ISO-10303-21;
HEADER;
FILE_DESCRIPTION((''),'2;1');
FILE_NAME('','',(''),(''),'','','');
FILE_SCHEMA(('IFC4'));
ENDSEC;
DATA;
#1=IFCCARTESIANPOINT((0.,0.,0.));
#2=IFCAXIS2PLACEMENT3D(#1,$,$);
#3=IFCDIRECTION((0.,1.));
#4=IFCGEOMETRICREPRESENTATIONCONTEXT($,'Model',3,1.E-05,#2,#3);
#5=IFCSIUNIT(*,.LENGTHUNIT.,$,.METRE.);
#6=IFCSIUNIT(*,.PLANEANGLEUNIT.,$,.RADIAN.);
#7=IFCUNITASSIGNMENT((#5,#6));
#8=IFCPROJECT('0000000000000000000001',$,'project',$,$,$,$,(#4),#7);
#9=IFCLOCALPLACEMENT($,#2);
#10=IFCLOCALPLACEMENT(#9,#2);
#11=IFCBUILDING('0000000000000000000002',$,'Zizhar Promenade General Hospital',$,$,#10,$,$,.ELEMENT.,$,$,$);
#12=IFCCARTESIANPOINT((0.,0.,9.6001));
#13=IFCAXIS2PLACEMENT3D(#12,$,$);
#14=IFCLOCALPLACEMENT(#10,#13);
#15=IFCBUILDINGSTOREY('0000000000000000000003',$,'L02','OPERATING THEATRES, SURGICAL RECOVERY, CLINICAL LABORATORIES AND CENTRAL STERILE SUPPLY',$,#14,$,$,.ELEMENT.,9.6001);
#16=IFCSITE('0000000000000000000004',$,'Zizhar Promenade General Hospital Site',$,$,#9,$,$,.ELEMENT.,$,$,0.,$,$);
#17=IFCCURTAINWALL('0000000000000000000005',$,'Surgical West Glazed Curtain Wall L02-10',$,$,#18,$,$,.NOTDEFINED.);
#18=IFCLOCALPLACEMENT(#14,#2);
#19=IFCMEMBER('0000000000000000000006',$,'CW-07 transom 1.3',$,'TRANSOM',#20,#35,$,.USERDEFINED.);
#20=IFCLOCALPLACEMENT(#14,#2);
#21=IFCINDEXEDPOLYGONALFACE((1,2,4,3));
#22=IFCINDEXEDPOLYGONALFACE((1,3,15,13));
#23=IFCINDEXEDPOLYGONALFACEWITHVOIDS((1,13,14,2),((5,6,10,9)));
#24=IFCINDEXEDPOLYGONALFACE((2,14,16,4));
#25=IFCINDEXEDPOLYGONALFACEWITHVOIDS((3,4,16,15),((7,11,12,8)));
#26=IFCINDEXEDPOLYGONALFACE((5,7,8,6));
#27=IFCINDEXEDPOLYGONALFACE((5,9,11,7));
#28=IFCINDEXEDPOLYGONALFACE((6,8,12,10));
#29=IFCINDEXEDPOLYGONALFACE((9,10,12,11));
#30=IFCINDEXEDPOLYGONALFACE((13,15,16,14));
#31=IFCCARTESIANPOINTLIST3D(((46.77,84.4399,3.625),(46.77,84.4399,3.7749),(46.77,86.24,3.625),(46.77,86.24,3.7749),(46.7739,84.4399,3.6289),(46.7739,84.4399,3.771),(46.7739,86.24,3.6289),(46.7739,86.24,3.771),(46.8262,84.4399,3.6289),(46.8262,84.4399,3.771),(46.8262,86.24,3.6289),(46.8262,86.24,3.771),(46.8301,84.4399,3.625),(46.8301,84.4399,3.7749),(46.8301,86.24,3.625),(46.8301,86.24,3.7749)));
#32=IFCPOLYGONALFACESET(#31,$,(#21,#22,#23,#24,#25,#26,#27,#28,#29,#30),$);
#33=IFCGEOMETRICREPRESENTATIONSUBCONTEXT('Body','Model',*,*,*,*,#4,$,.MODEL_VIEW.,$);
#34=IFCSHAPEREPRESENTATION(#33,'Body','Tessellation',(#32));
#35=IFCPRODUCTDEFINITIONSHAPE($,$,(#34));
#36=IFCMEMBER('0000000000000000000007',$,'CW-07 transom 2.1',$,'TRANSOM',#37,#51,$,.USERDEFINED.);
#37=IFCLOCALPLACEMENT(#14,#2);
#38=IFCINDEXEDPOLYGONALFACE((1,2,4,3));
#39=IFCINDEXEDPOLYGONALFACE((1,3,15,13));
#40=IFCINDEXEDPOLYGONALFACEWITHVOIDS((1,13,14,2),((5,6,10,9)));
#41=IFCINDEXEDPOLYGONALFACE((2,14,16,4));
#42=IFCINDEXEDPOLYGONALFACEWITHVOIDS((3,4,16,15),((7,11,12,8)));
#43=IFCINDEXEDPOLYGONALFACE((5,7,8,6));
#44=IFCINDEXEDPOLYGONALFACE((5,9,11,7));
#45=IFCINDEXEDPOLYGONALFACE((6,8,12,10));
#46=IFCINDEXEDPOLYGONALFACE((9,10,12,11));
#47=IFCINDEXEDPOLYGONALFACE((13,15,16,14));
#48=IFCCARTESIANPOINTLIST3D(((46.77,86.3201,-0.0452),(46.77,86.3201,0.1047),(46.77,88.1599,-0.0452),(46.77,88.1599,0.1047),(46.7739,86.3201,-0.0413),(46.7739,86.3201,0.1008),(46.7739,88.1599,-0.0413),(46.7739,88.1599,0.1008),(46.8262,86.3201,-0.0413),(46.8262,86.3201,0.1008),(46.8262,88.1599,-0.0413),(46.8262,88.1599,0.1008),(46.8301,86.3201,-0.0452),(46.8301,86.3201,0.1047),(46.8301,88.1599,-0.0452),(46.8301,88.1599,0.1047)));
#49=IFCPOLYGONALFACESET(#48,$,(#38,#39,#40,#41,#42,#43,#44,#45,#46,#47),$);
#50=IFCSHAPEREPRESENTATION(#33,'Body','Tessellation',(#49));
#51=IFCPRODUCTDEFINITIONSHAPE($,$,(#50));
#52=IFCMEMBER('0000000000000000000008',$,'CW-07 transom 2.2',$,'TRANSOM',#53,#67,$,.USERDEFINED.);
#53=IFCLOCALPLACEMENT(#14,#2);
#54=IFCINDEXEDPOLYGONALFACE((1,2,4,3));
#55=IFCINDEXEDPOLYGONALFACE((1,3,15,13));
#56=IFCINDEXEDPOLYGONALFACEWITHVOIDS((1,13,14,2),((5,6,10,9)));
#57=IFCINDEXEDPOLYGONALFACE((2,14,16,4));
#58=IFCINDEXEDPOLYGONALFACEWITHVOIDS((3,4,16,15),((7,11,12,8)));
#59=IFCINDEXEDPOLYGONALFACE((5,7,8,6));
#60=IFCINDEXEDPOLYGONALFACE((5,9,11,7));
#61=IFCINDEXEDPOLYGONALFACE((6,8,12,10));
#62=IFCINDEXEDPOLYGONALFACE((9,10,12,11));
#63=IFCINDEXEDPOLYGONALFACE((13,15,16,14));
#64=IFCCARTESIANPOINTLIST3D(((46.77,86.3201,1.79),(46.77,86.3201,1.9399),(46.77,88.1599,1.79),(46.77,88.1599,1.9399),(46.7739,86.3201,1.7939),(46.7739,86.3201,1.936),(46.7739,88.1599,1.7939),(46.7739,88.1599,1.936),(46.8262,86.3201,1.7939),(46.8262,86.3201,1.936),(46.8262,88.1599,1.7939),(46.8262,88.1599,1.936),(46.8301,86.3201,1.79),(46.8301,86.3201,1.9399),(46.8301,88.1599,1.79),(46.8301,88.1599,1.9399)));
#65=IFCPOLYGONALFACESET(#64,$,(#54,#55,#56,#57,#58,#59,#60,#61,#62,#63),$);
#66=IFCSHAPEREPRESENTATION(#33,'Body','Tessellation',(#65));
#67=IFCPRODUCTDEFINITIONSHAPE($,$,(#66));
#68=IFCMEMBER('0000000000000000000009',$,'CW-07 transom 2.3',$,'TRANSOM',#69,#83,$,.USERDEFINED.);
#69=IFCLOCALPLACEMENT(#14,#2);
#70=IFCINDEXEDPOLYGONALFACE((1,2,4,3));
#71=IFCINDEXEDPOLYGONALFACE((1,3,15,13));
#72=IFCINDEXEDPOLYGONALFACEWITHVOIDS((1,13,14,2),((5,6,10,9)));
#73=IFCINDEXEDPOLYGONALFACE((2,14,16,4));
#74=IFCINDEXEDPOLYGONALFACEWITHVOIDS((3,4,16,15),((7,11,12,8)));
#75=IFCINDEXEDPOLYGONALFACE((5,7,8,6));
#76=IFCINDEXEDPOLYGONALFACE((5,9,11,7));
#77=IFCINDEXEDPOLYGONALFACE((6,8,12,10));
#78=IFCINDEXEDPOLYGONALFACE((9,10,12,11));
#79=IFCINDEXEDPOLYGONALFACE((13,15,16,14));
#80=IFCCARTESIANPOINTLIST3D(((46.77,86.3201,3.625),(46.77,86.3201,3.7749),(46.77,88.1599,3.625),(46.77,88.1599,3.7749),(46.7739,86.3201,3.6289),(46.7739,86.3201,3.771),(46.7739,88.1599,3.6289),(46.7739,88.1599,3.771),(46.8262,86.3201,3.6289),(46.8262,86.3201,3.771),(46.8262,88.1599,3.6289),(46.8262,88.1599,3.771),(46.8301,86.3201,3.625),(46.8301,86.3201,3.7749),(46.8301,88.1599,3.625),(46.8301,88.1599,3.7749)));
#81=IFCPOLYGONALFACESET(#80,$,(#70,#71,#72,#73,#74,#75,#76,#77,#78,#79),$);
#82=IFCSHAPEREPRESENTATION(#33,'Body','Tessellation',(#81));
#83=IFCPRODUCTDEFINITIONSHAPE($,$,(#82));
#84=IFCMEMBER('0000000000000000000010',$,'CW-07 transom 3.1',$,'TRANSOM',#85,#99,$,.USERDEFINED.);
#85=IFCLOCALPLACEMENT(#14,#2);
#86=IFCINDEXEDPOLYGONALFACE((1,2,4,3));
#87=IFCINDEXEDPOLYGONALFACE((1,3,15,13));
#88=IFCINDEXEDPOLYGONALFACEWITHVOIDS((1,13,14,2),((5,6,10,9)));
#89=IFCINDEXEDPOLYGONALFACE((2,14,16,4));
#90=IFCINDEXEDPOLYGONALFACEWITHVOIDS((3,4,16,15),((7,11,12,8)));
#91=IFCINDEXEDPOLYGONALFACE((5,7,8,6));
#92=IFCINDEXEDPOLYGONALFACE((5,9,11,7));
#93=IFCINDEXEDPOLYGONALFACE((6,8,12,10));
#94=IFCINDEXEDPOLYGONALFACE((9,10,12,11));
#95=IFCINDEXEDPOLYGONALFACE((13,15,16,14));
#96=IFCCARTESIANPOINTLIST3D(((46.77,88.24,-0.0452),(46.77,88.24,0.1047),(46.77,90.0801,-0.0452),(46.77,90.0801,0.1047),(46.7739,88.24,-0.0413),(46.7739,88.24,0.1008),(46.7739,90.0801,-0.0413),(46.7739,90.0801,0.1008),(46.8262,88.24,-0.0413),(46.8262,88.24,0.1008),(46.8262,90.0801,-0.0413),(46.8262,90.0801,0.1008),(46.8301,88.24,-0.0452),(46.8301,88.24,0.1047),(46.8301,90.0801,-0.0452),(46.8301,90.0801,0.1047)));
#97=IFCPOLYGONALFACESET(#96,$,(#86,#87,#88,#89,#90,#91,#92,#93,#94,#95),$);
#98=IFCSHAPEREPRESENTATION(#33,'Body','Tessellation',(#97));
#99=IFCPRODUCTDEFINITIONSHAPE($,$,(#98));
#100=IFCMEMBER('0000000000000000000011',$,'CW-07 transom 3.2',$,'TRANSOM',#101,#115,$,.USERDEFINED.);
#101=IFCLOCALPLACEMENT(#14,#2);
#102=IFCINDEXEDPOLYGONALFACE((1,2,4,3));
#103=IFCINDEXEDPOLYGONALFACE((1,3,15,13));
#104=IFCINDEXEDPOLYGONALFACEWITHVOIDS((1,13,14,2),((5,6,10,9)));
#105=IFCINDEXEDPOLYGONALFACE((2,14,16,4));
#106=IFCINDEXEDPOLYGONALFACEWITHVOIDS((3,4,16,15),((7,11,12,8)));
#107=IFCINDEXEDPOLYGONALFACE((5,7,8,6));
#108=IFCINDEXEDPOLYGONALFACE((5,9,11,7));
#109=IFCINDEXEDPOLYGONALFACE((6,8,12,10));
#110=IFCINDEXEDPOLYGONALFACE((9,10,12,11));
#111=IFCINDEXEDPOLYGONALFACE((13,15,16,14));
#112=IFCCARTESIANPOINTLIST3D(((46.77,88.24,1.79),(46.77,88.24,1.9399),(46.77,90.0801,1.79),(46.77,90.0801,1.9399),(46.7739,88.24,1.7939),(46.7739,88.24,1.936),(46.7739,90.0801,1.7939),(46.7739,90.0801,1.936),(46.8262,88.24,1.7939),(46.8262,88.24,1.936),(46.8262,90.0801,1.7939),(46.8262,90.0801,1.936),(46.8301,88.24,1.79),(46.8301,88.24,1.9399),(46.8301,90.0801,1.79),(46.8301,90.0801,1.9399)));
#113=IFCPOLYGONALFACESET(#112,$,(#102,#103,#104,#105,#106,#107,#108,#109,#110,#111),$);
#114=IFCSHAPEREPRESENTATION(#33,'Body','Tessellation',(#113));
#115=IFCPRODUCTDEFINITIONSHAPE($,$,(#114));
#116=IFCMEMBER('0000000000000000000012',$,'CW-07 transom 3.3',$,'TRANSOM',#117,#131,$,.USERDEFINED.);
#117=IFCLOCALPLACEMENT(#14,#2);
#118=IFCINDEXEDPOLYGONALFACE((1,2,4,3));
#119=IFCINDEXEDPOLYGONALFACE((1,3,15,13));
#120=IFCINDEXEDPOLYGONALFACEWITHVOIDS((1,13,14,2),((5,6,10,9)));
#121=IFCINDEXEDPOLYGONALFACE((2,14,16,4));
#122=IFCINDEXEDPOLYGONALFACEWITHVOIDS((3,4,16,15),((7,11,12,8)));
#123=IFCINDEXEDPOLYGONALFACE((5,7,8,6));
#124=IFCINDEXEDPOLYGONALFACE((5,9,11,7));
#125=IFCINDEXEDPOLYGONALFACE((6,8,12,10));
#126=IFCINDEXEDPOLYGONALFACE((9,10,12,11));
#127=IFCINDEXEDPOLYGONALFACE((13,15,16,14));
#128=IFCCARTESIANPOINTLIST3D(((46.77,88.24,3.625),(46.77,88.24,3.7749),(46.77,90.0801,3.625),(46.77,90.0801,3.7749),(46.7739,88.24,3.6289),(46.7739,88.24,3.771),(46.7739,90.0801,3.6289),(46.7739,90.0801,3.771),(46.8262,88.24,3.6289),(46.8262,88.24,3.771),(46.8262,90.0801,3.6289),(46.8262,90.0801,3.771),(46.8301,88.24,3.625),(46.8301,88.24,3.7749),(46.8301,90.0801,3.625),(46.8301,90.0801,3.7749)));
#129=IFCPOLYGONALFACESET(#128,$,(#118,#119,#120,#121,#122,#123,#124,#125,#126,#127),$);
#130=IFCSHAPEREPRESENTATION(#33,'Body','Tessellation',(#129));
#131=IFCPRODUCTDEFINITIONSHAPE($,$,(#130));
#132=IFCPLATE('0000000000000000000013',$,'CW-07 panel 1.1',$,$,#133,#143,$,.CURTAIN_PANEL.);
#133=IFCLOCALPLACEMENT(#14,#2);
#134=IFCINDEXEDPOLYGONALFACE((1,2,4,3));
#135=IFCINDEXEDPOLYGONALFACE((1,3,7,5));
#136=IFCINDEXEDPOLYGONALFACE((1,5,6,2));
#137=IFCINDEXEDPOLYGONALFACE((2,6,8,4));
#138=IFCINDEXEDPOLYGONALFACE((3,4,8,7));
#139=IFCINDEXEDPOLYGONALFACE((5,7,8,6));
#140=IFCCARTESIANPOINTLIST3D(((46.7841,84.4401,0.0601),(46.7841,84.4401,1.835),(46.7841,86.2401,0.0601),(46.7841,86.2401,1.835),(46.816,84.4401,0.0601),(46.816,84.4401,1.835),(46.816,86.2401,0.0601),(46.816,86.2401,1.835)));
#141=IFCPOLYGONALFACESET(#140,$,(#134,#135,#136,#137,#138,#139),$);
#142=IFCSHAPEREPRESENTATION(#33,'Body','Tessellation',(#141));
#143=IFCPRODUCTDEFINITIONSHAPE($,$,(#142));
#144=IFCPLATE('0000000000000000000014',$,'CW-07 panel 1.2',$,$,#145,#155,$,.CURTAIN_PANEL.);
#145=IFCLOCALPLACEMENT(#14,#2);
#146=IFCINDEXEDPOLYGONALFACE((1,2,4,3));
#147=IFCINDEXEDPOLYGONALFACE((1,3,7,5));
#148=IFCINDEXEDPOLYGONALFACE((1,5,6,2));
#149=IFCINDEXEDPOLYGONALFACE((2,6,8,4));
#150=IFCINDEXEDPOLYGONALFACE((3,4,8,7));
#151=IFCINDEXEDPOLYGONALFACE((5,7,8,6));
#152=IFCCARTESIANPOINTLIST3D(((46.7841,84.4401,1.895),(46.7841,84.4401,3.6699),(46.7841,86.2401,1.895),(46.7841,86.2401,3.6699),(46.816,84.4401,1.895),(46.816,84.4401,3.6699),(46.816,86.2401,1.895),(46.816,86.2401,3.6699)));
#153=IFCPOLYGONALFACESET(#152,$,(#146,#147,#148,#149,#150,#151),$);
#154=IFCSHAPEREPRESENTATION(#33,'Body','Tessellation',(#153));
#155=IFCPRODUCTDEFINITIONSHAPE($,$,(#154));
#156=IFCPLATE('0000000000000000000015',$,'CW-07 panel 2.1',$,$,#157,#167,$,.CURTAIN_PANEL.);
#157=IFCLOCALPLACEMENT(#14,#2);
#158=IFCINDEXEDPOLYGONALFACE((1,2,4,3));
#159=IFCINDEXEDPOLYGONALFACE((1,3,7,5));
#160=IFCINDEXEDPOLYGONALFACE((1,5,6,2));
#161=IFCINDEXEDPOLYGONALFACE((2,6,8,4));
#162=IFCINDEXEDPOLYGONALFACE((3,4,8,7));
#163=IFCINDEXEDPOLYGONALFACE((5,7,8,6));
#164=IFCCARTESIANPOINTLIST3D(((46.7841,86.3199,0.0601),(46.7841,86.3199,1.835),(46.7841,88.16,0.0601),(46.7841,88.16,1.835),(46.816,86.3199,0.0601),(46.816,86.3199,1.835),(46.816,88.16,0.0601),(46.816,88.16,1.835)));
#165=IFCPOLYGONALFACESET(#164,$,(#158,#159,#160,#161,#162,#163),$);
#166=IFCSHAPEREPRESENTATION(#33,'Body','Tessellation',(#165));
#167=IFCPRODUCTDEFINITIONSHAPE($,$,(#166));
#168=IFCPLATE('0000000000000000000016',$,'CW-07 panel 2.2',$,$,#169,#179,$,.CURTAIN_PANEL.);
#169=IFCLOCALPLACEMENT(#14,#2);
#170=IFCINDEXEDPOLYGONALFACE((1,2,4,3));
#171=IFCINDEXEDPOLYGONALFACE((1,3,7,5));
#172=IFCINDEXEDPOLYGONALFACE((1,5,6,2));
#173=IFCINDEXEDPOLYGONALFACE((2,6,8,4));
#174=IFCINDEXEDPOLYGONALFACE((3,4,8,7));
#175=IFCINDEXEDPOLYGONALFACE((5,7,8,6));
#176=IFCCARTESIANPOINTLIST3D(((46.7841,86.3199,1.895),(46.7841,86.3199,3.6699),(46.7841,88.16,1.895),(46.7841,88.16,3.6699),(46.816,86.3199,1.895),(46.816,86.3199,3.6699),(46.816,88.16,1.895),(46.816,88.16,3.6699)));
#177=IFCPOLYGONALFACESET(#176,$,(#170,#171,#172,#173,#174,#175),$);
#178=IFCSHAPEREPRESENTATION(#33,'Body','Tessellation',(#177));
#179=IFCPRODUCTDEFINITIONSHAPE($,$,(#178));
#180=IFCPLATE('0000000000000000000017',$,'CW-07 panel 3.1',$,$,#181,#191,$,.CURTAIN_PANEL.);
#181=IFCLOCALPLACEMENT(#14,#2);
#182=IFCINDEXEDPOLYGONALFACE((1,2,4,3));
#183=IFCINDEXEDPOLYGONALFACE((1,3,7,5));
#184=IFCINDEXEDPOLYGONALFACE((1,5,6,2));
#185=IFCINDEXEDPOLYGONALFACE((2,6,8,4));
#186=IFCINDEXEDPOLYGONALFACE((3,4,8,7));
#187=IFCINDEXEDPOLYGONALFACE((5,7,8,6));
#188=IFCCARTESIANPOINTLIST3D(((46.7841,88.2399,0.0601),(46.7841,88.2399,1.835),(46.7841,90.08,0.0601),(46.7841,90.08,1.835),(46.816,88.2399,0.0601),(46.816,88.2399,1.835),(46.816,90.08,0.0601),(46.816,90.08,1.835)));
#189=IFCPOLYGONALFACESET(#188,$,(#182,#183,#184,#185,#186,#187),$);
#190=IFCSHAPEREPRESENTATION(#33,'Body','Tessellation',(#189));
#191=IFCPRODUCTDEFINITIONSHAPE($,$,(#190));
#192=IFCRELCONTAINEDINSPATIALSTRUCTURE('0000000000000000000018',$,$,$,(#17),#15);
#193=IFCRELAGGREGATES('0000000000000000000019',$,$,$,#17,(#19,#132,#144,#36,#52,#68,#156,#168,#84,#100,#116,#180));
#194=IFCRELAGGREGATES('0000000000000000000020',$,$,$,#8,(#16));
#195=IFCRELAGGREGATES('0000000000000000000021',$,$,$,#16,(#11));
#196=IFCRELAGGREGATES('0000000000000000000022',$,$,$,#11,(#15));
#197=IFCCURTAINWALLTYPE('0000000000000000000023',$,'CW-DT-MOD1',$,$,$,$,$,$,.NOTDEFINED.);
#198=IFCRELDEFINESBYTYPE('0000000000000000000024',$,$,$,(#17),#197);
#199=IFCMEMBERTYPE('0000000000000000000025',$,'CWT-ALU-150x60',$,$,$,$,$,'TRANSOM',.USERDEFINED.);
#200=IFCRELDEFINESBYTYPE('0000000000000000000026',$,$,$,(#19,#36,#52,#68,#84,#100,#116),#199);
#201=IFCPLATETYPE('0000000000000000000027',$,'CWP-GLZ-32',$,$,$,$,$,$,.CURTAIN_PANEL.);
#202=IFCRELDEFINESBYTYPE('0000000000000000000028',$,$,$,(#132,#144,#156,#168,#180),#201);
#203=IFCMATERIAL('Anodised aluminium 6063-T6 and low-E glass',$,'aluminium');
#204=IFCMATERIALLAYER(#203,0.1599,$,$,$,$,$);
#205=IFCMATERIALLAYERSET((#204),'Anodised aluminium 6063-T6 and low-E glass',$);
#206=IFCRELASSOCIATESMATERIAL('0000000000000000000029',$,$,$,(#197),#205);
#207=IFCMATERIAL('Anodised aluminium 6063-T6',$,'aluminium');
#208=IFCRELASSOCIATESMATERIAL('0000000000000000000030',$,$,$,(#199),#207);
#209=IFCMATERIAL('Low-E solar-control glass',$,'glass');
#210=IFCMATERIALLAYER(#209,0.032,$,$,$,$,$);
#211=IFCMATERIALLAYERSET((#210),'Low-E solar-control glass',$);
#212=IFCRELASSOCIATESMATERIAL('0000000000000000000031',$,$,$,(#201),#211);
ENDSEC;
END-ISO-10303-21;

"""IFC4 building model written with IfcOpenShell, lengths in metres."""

from ifc_helpers import new_model, si_unit, direction, frame, origin, origin_2d, place, context, subcontext, project, spatial, rectangle, hollow_rectangle, extrude, material, layer, layer_set, material_profile, profile_set, type_object, element, aggregate, save


model = new_model("IFC4")

# Units and contexts
model_context = context("Model", 3, precision=1e-05, world=origin(), true_north=direction((0.0, 1.0)))
body_context = subcontext(model_context, "Body", "Model", "MODEL_VIEW")
ifc_project = project(units=[si_unit("LENGTHUNIT", "METRE"), si_unit("PLANEANGLEUNIT", "RADIAN")], contexts=[model_context])

# Site, building, storey
site_placement = place(None, origin())
site = spatial("IfcSite", under=ifc_project, at=site_placement, Name="Zizhar Promenade General Hospital Site", CompositionType="ELEMENT", RefElevation=0.0)
building_placement = place(site_placement, origin())
building = spatial("IfcBuilding", under=site, at=building_placement, Name="Zizhar Promenade General Hospital", CompositionType="ELEMENT")
storey_placement = place(building_placement, frame((0.0, 0.0, 9.6001)))
storey = spatial("IfcBuildingStorey", under=building, at=storey_placement, Name="L02", Description="OPERATING THEATRES, SURGICAL RECOVERY, CLINICAL LABORATORIES AND CENTRAL STERILE SUPPLY", CompositionType="ELEMENT", Elevation=9.6001)

# Curtain wall, members, plates
ifc_material_1 = material(Name="Anodised aluminium 6063-T6 and low-E glass", Category="aluminium")
ifc_layer_1 = layer(ifc_material_1, 0.1599)
ifc_layer_set_1 = layer_set([ifc_layer_1], Name="Anodised aluminium 6063-T6 and low-E glass")
curtain_wall_type_1 = type_object("IfcCurtainWallType", Name="CW-DT-MOD1", PredefinedType="NOTDEFINED", material=ifc_layer_set_1)
curtain_wall_1_placement = place(storey_placement, origin())
curtain_wall_1 = element("IfcCurtainWall", 1, at=curtain_wall_1_placement, inside=storey, type_object=curtain_wall_type_1, Name="Surgical West Glazed Curtain Wall L02-10", PredefinedType="NOTDEFINED")
ifc_material_2 = material(Name="Anodised aluminium 6063-T6", Category="aluminium")
ifc_material_profile_1 = material_profile(ifc_material_2, hollow_rectangle(XDim=0.0601, YDim=0.1499, WallThickness=0.0039, at=origin_2d()))
ifc_profile_set_1 = profile_set([ifc_material_profile_1], Name="Anodised aluminium 6063-T6")
member_type_1 = type_object("IfcMemberType", Name="CWT-ALU-150x60", ElementType="TRANSOM", PredefinedType="USERDEFINED", material=ifc_profile_set_1)
member_1_placement = place(storey_placement, frame((46.8, 84.4399, 3.7), z_axis=(0.0, 1.0, 0.0), x_axis=(-1.0, 0.0, 0.0)))
member_1 = element("IfcMember", 2, at=member_1_placement, type_object=member_type_1, Name="CW-07 transom 1.3", ObjectType="TRANSOM", PredefinedType="USERDEFINED", context=body_context, shape_type="SweptSolid", body=[
    extrude(hollow_rectangle(XDim=0.0601, YDim=0.1499, WallThickness=0.0039, at=origin_2d()), origin(), (0.0, 0.0, 1.0), 1.8),
])
member_2_placement = place(storey_placement, frame((46.8, 86.3201, 0.0298), z_axis=(0.0, 1.0, 0.0), x_axis=(-1.0, 0.0, 0.0)))
member_2 = element("IfcMember", 3, at=member_2_placement, type_object=member_type_1, Name="CW-07 transom 2.1", ObjectType="TRANSOM", PredefinedType="USERDEFINED", context=body_context, shape_type="SweptSolid", body=[
    extrude(hollow_rectangle(XDim=0.0601, YDim=0.1499, WallThickness=0.0039, at=origin_2d()), origin(), (0.0, 0.0, 1.0), 1.8398),
])
member_3_placement = place(storey_placement, frame((46.8, 86.3201, 1.865), z_axis=(0.0, 1.0, 0.0), x_axis=(-1.0, 0.0, 0.0)))
member_3 = element("IfcMember", 4, at=member_3_placement, type_object=member_type_1, Name="CW-07 transom 2.2", ObjectType="TRANSOM", PredefinedType="USERDEFINED", context=body_context, shape_type="SweptSolid", body=[
    extrude(hollow_rectangle(XDim=0.0601, YDim=0.1499, WallThickness=0.0039, at=origin_2d()), origin(), (0.0, 0.0, 1.0), 1.8398),
])
member_4_placement = place(storey_placement, frame((46.8, 86.3201, 3.7), z_axis=(0.0, 1.0, 0.0), x_axis=(-1.0, 0.0, 0.0)))
member_4 = element("IfcMember", 5, at=member_4_placement, type_object=member_type_1, Name="CW-07 transom 2.3", ObjectType="TRANSOM", PredefinedType="USERDEFINED", context=body_context, shape_type="SweptSolid", body=[
    extrude(hollow_rectangle(XDim=0.0601, YDim=0.1499, WallThickness=0.0039, at=origin_2d()), origin(), (0.0, 0.0, 1.0), 1.8398),
])
member_5_placement = place(storey_placement, frame((46.8, 88.24, 0.0298), z_axis=(0.0, 1.0, 0.0), x_axis=(-1.0, 0.0, 0.0)))
member_5 = element("IfcMember", 6, at=member_5_placement, type_object=member_type_1, Name="CW-07 transom 3.1", ObjectType="TRANSOM", PredefinedType="USERDEFINED", context=body_context, shape_type="SweptSolid", body=[
    extrude(hollow_rectangle(XDim=0.0601, YDim=0.1499, WallThickness=0.0039, at=origin_2d()), origin(), (0.0, 0.0, 1.0), 1.8401),
])
member_6_placement = place(storey_placement, frame((46.8, 88.24, 1.865), z_axis=(0.0, 1.0, 0.0), x_axis=(-1.0, 0.0, 0.0)))
member_6 = element("IfcMember", 7, at=member_6_placement, type_object=member_type_1, Name="CW-07 transom 3.2", ObjectType="TRANSOM", PredefinedType="USERDEFINED", context=body_context, shape_type="SweptSolid", body=[
    extrude(hollow_rectangle(XDim=0.0601, YDim=0.1499, WallThickness=0.0039, at=origin_2d()), origin(), (0.0, 0.0, 1.0), 1.8401),
])
member_7_placement = place(storey_placement, frame((46.8, 88.24, 3.7), z_axis=(0.0, 1.0, 0.0), x_axis=(-1.0, 0.0, 0.0)))
member_7 = element("IfcMember", 8, at=member_7_placement, type_object=member_type_1, Name="CW-07 transom 3.3", ObjectType="TRANSOM", PredefinedType="USERDEFINED", context=body_context, shape_type="SweptSolid", body=[
    extrude(hollow_rectangle(XDim=0.0601, YDim=0.1499, WallThickness=0.0039, at=origin_2d()), origin(), (0.0, 0.0, 1.0), 1.8401),
])
ifc_material_3 = material(Name="Low-E solar-control glass", Category="glass")
ifc_layer_2 = layer(ifc_material_3, 0.032)
ifc_layer_set_2 = layer_set([ifc_layer_2], Name="Low-E solar-control glass")
plate_type = type_object("IfcPlateType", Name="CWP-GLZ-32", PredefinedType="CURTAIN_PANEL", material=ifc_layer_set_2)
plate_1_placement = place(storey_placement, frame((46.8, 85.3401, 0.0601), z_axis=(0.0, 0.0, 1.0), x_axis=(0.0, 1.0, 0.0)))
plate_1 = element("IfcPlate", 9, at=plate_1_placement, type_object=plate_type, Name="CW-07 panel 1.1", PredefinedType="CURTAIN_PANEL", context=body_context, shape_type="SweptSolid", body=[
    extrude(rectangle(XDim=1.8, YDim=0.032, at=origin_2d()), origin(), (0.0, 0.0, 1.0), 1.7749),
])
plate_2_placement = place(storey_placement, frame((46.8, 85.3401, 1.895), z_axis=(0.0, 0.0, 1.0), x_axis=(0.0, 1.0, 0.0)))
plate_2 = element("IfcPlate", 10, at=plate_2_placement, type_object=plate_type, Name="CW-07 panel 1.2", PredefinedType="CURTAIN_PANEL", context=body_context, shape_type="SweptSolid", body=[
    extrude(rectangle(XDim=1.8, YDim=0.032, at=origin_2d()), origin(), (0.0, 0.0, 1.0), 1.7749),
])
plate_3_placement = place(storey_placement, frame((46.8, 87.24, 0.0601), z_axis=(0.0, 0.0, 1.0), x_axis=(0.0, 1.0, 0.0)))
plate_3 = element("IfcPlate", 11, at=plate_3_placement, type_object=plate_type, Name="CW-07 panel 2.1", PredefinedType="CURTAIN_PANEL", context=body_context, shape_type="SweptSolid", body=[
    extrude(rectangle(XDim=1.8401, YDim=0.032, at=origin_2d()), origin(), (0.0, 0.0, 1.0), 1.7749),
])
plate_4_placement = place(storey_placement, frame((46.8, 87.24, 1.895), z_axis=(0.0, 0.0, 1.0), x_axis=(0.0, 1.0, 0.0)))
plate_4 = element("IfcPlate", 12, at=plate_4_placement, type_object=plate_type, Name="CW-07 panel 2.2", PredefinedType="CURTAIN_PANEL", context=body_context, shape_type="SweptSolid", body=[
    extrude(rectangle(XDim=1.8401, YDim=0.032, at=origin_2d()), origin(), (0.0, 0.0, 1.0), 1.7749),
])
plate_5_placement = place(storey_placement, frame((46.8, 89.1599, 0.0601), z_axis=(0.0, 0.0, 1.0), x_axis=(0.0, 1.0, 0.0)))
plate_5 = element("IfcPlate", 13, at=plate_5_placement, type_object=plate_type, Name="CW-07 panel 3.1", PredefinedType="CURTAIN_PANEL", context=body_context, shape_type="SweptSolid", body=[
    extrude(rectangle(XDim=1.8401, YDim=0.032, at=origin_2d()), origin(), (0.0, 0.0, 1.0), 1.7749),
])
aggregate(curtain_wall_1, [member_1, plate_1, plate_2, member_2, member_3, member_4, plate_3, plate_4, member_5, member_6, member_7, plate_5])

save(model, "model.ifc")
